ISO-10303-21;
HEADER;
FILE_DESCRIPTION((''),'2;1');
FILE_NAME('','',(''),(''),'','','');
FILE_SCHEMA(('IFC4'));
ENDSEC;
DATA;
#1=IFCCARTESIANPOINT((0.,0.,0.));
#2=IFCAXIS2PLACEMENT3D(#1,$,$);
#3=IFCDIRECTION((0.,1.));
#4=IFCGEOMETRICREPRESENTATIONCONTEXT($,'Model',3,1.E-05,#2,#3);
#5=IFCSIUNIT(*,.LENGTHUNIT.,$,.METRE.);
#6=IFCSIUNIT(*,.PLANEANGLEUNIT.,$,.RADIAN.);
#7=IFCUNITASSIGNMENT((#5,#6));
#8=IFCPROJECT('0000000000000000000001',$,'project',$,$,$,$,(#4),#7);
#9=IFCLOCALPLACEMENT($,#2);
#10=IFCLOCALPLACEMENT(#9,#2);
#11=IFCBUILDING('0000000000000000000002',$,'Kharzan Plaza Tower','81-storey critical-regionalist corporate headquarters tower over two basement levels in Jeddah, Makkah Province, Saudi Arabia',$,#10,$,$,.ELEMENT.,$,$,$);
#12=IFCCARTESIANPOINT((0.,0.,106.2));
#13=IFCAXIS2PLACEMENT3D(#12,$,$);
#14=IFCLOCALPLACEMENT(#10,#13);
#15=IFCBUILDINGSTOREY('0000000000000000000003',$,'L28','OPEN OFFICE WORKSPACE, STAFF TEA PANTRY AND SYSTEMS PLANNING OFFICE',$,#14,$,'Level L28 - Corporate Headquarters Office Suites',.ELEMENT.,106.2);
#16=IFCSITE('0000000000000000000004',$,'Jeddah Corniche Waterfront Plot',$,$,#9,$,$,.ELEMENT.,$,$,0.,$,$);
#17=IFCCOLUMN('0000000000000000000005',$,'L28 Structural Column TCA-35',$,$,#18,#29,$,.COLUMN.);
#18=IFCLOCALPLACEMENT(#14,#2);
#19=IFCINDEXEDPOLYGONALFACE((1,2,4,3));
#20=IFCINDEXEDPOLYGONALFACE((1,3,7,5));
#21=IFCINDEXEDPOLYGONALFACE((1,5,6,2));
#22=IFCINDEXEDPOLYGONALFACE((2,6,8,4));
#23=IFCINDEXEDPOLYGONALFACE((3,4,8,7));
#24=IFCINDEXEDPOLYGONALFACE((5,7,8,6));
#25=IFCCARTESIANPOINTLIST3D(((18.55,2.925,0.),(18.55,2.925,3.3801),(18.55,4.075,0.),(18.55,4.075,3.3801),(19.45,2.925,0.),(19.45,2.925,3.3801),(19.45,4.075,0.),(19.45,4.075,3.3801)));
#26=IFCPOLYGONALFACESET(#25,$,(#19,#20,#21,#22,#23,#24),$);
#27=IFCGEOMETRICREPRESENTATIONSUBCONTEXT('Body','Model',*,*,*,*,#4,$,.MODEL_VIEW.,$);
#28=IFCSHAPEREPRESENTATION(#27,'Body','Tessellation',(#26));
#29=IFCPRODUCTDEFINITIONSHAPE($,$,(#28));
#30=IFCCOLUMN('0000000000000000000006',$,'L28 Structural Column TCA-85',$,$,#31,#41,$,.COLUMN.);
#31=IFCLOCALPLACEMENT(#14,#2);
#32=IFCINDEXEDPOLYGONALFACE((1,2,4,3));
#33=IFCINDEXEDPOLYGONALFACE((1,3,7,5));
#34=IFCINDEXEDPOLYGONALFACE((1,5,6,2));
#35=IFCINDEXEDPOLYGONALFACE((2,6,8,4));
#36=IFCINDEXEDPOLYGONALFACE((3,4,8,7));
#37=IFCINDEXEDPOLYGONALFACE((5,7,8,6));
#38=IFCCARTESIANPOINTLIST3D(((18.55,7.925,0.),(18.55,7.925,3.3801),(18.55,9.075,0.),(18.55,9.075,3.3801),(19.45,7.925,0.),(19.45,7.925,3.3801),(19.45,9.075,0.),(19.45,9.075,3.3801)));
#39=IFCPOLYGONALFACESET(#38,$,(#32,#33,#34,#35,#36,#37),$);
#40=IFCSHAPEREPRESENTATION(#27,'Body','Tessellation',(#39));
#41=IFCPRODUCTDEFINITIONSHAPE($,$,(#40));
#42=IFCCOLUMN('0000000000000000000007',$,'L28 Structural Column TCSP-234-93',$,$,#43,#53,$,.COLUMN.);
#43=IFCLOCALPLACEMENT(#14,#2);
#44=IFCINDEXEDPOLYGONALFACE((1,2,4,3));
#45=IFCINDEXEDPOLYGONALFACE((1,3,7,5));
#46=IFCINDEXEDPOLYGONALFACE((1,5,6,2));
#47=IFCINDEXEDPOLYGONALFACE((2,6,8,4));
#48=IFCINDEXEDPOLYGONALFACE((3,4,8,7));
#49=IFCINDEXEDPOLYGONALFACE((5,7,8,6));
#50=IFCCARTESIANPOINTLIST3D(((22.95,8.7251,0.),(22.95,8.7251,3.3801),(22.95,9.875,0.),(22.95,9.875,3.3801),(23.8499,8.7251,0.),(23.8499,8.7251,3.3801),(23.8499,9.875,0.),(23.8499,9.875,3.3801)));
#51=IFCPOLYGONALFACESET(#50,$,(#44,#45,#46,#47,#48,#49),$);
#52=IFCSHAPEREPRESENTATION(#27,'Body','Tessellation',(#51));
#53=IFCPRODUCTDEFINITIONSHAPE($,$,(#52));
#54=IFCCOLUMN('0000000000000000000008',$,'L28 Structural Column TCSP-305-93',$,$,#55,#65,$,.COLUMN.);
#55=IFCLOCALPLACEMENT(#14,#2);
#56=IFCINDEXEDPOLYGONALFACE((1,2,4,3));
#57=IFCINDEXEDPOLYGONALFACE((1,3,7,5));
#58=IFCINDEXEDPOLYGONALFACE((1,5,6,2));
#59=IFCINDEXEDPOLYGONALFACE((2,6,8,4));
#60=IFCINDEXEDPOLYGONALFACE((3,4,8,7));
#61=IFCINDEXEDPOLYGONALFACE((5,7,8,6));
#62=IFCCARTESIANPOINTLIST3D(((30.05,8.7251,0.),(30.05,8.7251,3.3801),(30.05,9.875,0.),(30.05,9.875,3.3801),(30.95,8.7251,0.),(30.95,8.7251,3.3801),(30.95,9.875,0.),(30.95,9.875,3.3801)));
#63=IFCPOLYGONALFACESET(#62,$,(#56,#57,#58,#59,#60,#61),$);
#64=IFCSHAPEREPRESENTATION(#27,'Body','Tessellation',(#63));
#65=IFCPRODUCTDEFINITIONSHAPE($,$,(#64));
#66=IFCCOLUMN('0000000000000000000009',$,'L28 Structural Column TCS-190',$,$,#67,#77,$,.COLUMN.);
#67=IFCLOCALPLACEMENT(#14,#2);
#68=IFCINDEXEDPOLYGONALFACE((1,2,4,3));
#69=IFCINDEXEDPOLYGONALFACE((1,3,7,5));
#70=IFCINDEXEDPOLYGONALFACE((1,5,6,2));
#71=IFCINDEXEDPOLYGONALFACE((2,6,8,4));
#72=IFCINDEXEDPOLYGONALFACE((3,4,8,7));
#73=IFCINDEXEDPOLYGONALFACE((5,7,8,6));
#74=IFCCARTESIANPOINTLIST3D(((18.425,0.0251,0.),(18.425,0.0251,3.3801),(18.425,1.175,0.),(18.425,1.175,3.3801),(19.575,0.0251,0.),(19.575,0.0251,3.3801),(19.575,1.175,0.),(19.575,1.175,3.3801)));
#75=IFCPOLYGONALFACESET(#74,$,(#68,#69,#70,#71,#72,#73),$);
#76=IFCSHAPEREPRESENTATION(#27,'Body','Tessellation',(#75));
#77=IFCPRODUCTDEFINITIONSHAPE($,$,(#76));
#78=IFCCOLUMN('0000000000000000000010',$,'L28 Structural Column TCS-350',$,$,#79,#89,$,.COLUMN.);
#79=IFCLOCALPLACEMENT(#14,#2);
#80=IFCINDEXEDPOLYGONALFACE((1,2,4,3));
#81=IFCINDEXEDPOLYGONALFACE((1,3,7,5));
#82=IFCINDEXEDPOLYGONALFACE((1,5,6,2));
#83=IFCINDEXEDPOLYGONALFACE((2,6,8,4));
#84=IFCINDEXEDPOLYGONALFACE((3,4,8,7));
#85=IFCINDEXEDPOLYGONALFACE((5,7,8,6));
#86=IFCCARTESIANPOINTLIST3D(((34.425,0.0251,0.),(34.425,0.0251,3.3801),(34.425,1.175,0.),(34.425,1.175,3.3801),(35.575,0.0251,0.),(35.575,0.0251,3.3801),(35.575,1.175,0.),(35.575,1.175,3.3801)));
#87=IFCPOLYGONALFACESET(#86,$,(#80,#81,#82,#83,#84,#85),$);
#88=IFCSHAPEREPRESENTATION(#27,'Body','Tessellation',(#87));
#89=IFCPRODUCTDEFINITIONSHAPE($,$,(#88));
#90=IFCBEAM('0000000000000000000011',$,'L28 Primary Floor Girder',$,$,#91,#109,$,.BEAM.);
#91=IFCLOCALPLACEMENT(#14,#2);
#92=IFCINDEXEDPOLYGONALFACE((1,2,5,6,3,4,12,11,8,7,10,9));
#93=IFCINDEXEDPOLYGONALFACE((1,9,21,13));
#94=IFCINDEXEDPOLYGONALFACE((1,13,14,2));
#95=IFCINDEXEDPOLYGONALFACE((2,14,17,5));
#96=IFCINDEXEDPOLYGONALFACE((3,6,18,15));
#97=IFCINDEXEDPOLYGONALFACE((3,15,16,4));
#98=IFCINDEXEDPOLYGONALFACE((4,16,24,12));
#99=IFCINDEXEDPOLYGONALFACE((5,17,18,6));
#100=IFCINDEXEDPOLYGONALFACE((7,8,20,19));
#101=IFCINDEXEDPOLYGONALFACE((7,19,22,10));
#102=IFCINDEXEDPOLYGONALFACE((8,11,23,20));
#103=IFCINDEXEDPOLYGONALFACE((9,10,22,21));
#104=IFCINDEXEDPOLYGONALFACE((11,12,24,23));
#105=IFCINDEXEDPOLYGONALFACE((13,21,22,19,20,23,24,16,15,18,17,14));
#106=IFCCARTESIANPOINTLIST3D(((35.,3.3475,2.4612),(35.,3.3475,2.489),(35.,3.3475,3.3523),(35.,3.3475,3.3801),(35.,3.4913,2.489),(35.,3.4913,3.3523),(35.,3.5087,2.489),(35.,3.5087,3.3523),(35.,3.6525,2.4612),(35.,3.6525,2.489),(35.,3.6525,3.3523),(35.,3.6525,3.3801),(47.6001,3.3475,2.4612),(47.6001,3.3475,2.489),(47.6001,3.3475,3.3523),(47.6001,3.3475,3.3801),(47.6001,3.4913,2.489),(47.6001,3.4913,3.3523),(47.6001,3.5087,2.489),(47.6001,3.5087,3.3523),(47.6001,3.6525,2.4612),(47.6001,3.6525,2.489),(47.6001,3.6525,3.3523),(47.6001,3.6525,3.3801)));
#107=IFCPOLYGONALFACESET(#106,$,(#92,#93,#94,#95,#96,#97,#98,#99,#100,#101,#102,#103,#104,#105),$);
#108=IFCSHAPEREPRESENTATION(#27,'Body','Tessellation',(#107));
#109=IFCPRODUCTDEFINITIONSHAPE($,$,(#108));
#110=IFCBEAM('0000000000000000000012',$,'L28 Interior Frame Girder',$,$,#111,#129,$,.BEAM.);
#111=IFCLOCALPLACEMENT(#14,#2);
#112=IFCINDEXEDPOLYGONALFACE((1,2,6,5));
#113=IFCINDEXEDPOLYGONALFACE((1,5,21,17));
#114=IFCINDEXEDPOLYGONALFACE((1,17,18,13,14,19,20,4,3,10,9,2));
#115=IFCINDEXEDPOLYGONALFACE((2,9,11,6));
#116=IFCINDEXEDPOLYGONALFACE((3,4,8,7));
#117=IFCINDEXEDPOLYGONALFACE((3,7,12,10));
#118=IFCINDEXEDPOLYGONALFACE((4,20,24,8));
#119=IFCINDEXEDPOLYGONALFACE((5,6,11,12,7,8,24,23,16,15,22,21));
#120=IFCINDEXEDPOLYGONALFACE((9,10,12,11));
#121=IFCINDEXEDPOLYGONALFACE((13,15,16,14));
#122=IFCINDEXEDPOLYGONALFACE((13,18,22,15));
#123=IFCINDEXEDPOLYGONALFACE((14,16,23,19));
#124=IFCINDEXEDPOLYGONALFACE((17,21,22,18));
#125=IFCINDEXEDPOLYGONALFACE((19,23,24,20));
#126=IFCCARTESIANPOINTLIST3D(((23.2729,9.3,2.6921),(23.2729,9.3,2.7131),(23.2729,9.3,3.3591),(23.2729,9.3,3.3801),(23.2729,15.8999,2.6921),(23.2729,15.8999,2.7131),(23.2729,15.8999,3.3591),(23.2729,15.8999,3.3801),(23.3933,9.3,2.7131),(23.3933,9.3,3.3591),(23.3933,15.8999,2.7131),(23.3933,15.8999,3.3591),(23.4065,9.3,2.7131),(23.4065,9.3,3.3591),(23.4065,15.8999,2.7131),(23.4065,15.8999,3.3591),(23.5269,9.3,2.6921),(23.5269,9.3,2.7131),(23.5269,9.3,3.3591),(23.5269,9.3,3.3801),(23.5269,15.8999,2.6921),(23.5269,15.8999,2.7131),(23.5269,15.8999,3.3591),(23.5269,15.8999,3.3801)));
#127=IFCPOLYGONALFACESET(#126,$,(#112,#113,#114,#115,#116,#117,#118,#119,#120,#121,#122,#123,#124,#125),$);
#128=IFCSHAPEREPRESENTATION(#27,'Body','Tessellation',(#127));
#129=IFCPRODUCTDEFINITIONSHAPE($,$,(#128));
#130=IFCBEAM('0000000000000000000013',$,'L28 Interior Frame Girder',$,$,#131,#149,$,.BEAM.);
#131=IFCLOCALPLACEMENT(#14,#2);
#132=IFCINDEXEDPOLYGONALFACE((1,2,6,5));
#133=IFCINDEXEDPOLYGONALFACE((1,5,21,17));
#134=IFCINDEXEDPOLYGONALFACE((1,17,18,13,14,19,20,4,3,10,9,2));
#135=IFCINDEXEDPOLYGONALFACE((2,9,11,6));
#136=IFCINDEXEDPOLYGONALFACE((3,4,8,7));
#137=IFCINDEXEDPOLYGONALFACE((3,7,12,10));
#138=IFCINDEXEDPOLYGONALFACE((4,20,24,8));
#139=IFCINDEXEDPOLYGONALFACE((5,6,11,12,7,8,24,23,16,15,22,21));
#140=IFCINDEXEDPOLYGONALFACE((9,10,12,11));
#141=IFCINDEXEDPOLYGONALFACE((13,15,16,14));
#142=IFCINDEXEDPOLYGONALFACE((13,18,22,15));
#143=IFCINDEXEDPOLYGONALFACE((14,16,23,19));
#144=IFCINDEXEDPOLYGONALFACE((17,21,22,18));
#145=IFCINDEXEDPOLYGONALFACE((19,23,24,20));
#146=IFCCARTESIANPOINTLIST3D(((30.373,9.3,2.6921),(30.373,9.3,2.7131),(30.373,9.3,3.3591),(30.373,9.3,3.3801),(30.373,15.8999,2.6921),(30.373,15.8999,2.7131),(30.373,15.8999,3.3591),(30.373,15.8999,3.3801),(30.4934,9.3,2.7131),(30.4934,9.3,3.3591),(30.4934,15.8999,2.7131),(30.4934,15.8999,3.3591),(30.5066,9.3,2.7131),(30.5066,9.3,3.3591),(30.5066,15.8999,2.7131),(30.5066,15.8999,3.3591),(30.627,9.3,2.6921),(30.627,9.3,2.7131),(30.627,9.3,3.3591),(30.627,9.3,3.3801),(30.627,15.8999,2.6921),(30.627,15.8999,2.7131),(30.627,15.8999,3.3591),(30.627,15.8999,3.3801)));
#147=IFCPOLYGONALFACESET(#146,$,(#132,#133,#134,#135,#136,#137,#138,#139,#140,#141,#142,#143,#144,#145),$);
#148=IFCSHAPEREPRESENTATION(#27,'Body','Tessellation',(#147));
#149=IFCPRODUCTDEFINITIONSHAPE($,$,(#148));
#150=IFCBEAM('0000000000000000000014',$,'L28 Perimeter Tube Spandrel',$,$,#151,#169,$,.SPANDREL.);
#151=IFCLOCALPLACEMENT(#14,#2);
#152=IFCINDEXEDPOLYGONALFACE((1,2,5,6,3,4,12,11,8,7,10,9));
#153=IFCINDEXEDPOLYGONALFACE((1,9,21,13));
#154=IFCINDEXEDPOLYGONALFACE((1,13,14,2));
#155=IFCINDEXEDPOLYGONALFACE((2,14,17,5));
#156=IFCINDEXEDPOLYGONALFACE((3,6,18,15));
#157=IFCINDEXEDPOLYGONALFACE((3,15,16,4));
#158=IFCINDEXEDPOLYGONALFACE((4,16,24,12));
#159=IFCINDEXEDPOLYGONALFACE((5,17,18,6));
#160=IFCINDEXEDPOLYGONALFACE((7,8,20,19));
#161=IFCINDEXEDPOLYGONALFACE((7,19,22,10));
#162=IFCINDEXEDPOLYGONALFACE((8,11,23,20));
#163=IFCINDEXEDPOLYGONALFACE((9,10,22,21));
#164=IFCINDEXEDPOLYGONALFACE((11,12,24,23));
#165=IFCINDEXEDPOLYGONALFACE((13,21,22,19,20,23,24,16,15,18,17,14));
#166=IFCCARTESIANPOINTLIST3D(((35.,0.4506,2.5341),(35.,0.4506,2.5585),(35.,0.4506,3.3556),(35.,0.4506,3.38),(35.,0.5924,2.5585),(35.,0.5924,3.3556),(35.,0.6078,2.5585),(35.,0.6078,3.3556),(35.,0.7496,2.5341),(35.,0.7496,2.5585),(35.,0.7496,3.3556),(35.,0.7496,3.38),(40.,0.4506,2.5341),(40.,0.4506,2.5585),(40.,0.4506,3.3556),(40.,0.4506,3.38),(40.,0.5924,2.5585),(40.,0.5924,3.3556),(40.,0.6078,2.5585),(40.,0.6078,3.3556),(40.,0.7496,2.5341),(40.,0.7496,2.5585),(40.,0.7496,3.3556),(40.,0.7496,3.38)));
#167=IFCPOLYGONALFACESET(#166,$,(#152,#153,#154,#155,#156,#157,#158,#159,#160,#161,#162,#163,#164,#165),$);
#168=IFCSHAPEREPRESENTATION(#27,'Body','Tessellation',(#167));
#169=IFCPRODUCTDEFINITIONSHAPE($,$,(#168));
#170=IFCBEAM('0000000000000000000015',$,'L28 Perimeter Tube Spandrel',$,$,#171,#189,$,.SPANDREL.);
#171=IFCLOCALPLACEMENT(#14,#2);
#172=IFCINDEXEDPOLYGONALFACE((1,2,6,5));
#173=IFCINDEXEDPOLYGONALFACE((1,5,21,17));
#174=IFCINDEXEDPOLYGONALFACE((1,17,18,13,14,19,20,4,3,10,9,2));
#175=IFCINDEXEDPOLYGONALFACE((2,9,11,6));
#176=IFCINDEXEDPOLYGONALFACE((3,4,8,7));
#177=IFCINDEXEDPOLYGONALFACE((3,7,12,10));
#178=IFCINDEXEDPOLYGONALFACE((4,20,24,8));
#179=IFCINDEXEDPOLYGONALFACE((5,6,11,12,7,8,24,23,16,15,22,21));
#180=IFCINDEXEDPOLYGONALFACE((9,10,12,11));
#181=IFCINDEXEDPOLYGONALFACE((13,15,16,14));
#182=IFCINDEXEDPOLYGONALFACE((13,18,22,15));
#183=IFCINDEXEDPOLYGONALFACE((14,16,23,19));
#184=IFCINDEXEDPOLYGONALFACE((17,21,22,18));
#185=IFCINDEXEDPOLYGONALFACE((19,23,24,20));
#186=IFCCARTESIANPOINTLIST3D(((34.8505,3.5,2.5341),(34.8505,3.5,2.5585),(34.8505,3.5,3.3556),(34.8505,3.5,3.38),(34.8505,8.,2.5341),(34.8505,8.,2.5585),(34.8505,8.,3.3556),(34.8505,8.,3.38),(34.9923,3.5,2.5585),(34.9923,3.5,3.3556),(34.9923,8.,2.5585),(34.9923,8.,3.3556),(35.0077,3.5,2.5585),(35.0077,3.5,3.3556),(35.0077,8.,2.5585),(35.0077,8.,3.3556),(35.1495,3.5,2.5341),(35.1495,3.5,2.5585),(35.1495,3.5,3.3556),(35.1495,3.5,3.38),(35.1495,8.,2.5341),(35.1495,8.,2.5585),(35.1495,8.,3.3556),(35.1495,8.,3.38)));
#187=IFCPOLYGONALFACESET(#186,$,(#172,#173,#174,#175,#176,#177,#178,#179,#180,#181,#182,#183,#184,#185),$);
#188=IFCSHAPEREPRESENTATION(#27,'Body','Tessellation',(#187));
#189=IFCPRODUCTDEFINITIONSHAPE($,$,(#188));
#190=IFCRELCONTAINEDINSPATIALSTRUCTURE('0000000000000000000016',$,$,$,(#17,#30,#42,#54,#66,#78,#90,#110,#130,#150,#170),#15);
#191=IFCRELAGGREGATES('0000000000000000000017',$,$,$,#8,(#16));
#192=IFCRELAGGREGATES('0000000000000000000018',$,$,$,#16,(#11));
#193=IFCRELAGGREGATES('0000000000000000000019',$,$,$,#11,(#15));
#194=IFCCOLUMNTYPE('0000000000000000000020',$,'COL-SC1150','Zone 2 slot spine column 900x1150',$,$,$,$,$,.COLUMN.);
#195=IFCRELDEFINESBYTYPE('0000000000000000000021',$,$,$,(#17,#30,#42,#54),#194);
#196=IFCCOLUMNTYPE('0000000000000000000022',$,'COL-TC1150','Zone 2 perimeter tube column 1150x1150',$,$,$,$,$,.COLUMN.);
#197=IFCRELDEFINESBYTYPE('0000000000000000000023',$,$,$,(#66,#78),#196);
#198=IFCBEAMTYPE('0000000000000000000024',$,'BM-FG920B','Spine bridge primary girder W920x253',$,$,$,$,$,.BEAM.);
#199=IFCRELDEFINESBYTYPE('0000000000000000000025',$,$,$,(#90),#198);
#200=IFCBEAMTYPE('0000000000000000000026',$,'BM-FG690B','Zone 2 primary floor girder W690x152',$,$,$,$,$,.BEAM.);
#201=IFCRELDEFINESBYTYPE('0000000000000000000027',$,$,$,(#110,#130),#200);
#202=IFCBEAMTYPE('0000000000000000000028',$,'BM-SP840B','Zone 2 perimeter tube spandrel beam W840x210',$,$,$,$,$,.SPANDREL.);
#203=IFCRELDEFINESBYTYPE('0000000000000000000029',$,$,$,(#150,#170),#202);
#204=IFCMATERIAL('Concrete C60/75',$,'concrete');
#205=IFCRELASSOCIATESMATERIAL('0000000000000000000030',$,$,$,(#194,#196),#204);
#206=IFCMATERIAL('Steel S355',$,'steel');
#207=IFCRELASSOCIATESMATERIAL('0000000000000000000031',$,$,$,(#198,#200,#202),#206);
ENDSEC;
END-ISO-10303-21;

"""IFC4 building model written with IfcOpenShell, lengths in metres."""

from ifc_helpers import new_model, si_unit, direction, frame, origin, origin_2d, place, context, subcontext, project, spatial, rectangle, i_section, extrude, source, transform, mapped, material, material_profile, profile_set, type_object, element, save


model = new_model("IFC4")

# Units and contexts
model_context = context("Model", 3, precision=1e-05, world=origin(), true_north=direction((0.0, 1.0)))
body_context = subcontext(model_context, "Body", "Model", "MODEL_VIEW")
ifc_project = project(units=[si_unit("LENGTHUNIT", "METRE"), si_unit("PLANEANGLEUNIT", "RADIAN")], contexts=[model_context])

# Site, building, storey
site_placement = place(None, origin())
site = spatial("IfcSite", under=ifc_project, at=site_placement, Name="Jeddah Corniche Waterfront Plot", CompositionType="ELEMENT", RefElevation=0.0)
building_placement = place(site_placement, origin())
building = spatial("IfcBuilding", under=site, at=building_placement, Name="Kharzan Plaza Tower", Description="81-storey critical-regionalist corporate headquarters tower over two basement levels in Jeddah, Makkah Province, Saudi Arabia", CompositionType="ELEMENT")
storey_placement = place(building_placement, frame((0.0, 0.0, 106.2)))
storey = spatial("IfcBuildingStorey", under=building, at=storey_placement, Name="L28", Description="OPEN OFFICE WORKSPACE, STAFF TEA PANTRY AND SYSTEMS PLANNING OFFICE", LongName="Level L28 - Corporate Headquarters Office Suites", CompositionType="ELEMENT", Elevation=106.2)

# Columns
ifc_material_1 = material(Name="Concrete C60/75", Category="concrete")
ifc_material_profile_1 = material_profile(ifc_material_1, rectangle(XDim=0.8999, YDim=1.1499, at=origin_2d()), Name="RC-SC1150x900")
ifc_profile_set_1 = profile_set([ifc_material_profile_1], Name="Concrete C60/75")
column_type_1 = type_object("IfcColumnType", Name="COL-SC1150", Description="Zone 2 slot spine column 900x1150", PredefinedType="COLUMN", material=ifc_profile_set_1)
shared_shape_1 = source(origin(), body_context, "Body", "SweptSolid", [
    extrude(rectangle(XDim=0.8999, YDim=1.1499, at=origin_2d()), origin(), (0.0, 0.0, 1.0), 3.3801),
])
for number, where, z_axis, x_axis, name in (
    (1, (19.0, 3.5, 0.0), (0.0, 0.0, 1.0), (1.0, 0.0, 0.0), "L28 Structural Column TCA-35"),
    (2, (19.0, 8.5, 0.0), (0.0, 0.0, 1.0), (1.0, 0.0, 0.0), "L28 Structural Column TCA-85"),
    (3, (23.3999, 9.3, 0.0), (0.0, 0.0, 1.0), (1.0, 0.0, 0.0), "L28 Structural Column TCSP-234-93"),
    (4, (30.5, 9.3, 0.0), (0.0, 0.0, 1.0), (1.0, 0.0, 0.0), "L28 Structural Column TCSP-305-93"),
):
    element("IfcColumn", number, at=place(storey_placement, frame(where, z_axis=z_axis, x_axis=x_axis)), inside=storey, type_object=column_type_1, Name=name, PredefinedType="COLUMN", context=body_context, shape_type="MappedRepresentation", body=[
        mapped(shared_shape_1, transform((0.0, 0.0, 0.0), x_axis=(1.0, 0.0, 0.0), y_axis=(0.0, 1.0, 0.0), z_axis=(0.0, 0.0, 1.0))),
    ])
ifc_material_profile_2 = material_profile(ifc_material_1, rectangle(XDim=1.1499, YDim=1.1499, at=origin_2d()), Name="RC-TC1150x1150")
ifc_profile_set_2 = profile_set([ifc_material_profile_2], Name="Concrete C60/75")
column_type_2 = type_object("IfcColumnType", Name="COL-TC1150", Description="Zone 2 perimeter tube column 1150x1150", PredefinedType="COLUMN", material=ifc_profile_set_2)
shared_shape_2 = source(origin(), body_context, "Body", "SweptSolid", [
    extrude(rectangle(XDim=1.1499, YDim=1.1499, at=origin_2d()), origin(), (0.0, 0.0, 1.0), 3.3801),
])
for number, where, z_axis, x_axis, name in (
    (5, (19.0, 0.6001, 0.0), (0.0, 0.0, 1.0), (1.0, 0.0, 0.0), "L28 Structural Column TCS-190"),
    (6, (35.0, 0.6001, 0.0), (0.0, 0.0, 1.0), (1.0, 0.0, 0.0), "L28 Structural Column TCS-350"),
):
    element("IfcColumn", number, at=place(storey_placement, frame(where, z_axis=z_axis, x_axis=x_axis)), inside=storey, type_object=column_type_2, Name=name, PredefinedType="COLUMN", context=body_context, shape_type="MappedRepresentation", body=[
        mapped(shared_shape_2, transform((0.0, 0.0, 0.0), x_axis=(1.0, 0.0, 0.0), y_axis=(0.0, 1.0, 0.0), z_axis=(0.0, 0.0, 1.0))),
    ])

# Beams
ifc_material_2 = material(Name="Steel S355", Category="steel")
ifc_material_profile_3 = material_profile(ifc_material_2, i_section(OverallWidth=0.3049, OverallDepth=0.9189, WebThickness=0.0173, FlangeThickness=0.0278, at=origin_2d()), Name="W920x253")
ifc_profile_set_3 = profile_set([ifc_material_profile_3], Name="Steel S355")
beam_type_1 = type_object("IfcBeamType", Name="BM-FG920B", Description="Spine bridge primary girder W920x253", PredefinedType="BEAM", material=ifc_profile_set_3)
shared_shape_3 = source(origin(), body_context, "Body", "SweptSolid", [
    extrude(i_section(OverallWidth=0.3049, OverallDepth=0.9189, WebThickness=0.0173, FlangeThickness=0.0278, at=origin_2d()), origin(), (0.0, 0.0, 1.0), 12.6001),
])
beam_1_placement = place(storey_placement, frame((35.0, 3.5, 2.9207), z_axis=(1.0, 0.0, 0.0), x_axis=(0.0, 1.0, 0.0)))
element("IfcBeam", 7, at=beam_1_placement, inside=storey, type_object=beam_type_1, Name="L28 Primary Floor Girder", PredefinedType="BEAM", context=body_context, shape_type="MappedRepresentation", body=[
    mapped(shared_shape_3, transform((0.0, 0.0, 0.0), x_axis=(1.0, 0.0, 0.0), y_axis=(0.0, 1.0, 0.0), z_axis=(0.0, 0.0, 1.0))),
])
ifc_material_profile_4 = material_profile(ifc_material_2, i_section(OverallWidth=0.2539, OverallDepth=0.688, WebThickness=0.0132, FlangeThickness=0.021, at=origin_2d()), Name="W690x152")
ifc_profile_set_4 = profile_set([ifc_material_profile_4], Name="Steel S355")
beam_type_2 = type_object("IfcBeamType", Name="BM-FG690B", Description="Zone 2 primary floor girder W690x152", PredefinedType="BEAM", material=ifc_profile_set_4)
shared_shape_4 = source(origin(), body_context, "Body", "SweptSolid", [
    extrude(i_section(OverallWidth=0.2539, OverallDepth=0.688, WebThickness=0.0132, FlangeThickness=0.021, at=origin_2d()), origin(), (0.0, 0.0, 1.0), 6.5999),
])
for number, where, z_axis, x_axis, name in (
    (8, (23.3999, 9.3, 3.0361), (0.0, 1.0, 0.0), (-1.0, 0.0, 0.0), "L28 Interior Frame Girder"),
    (9, (30.5, 9.3, 3.0361), (0.0, 1.0, 0.0), (-1.0, 0.0, 0.0), "L28 Interior Frame Girder"),
):
    element("IfcBeam", number, at=place(storey_placement, frame(where, z_axis=z_axis, x_axis=x_axis)), inside=storey, type_object=beam_type_2, Name=name, PredefinedType="BEAM", context=body_context, shape_type="MappedRepresentation", body=[
        mapped(shared_shape_4, transform((0.0, 0.0, 0.0), x_axis=(1.0, 0.0, 0.0), y_axis=(0.0, 1.0, 0.0), z_axis=(0.0, 0.0, 1.0))),
    ])
ifc_material_profile_5 = material_profile(ifc_material_2, i_section(OverallWidth=0.2991, OverallDepth=0.8459, WebThickness=0.0154, FlangeThickness=0.0244, at=origin_2d()), Name="W840x210")
ifc_profile_set_5 = profile_set([ifc_material_profile_5], Name="Steel S355")
beam_type_3 = type_object("IfcBeamType", Name="BM-SP840B", Description="Zone 2 perimeter tube spandrel beam W840x210", PredefinedType="SPANDREL", material=ifc_profile_set_5)
shared_shape_5 = source(origin(), body_context, "Body", "SweptSolid", [
    extrude(i_section(OverallWidth=0.2991, OverallDepth=0.8459, WebThickness=0.0154, FlangeThickness=0.0244, at=origin_2d()), origin(), (0.0, 0.0, 1.0), 5.0),
])
beam_2_placement = place(storey_placement, frame((35.0, 0.6001, 2.957), z_axis=(1.0, 0.0, 0.0), x_axis=(0.0, 1.0, 0.0)))
element("IfcBeam", 10, at=beam_2_placement, inside=storey, type_object=beam_type_3, Name="L28 Perimeter Tube Spandrel", PredefinedType="SPANDREL", context=body_context, shape_type="MappedRepresentation", body=[
    mapped(shared_shape_5, transform((0.0, 0.0, 0.0), x_axis=(1.0, 0.0, 0.0), y_axis=(0.0, 1.0, 0.0), z_axis=(0.0, 0.0, 1.0))),
])
shared_shape_6 = source(origin(), body_context, "Body", "SweptSolid", [
    extrude(i_section(OverallWidth=0.2991, OverallDepth=0.8459, WebThickness=0.0154, FlangeThickness=0.0244, at=origin_2d()), origin(), (0.0, 0.0, 1.0), 4.5),
])
beam_3_placement = place(storey_placement, frame((35.0, 3.5, 2.957), z_axis=(0.0, 1.0, 0.0), x_axis=(-1.0, 0.0, 0.0)))
element("IfcBeam", 11, at=beam_3_placement, inside=storey, type_object=beam_type_3, Name="L28 Perimeter Tube Spandrel", PredefinedType="SPANDREL", context=body_context, shape_type="MappedRepresentation", body=[
    mapped(shared_shape_6, transform((0.0, 0.0, 0.0), x_axis=(1.0, 0.0, 0.0), y_axis=(0.0, 1.0, 0.0), z_axis=(0.0, 0.0, 1.0))),
])

save(model, "model.ifc")
